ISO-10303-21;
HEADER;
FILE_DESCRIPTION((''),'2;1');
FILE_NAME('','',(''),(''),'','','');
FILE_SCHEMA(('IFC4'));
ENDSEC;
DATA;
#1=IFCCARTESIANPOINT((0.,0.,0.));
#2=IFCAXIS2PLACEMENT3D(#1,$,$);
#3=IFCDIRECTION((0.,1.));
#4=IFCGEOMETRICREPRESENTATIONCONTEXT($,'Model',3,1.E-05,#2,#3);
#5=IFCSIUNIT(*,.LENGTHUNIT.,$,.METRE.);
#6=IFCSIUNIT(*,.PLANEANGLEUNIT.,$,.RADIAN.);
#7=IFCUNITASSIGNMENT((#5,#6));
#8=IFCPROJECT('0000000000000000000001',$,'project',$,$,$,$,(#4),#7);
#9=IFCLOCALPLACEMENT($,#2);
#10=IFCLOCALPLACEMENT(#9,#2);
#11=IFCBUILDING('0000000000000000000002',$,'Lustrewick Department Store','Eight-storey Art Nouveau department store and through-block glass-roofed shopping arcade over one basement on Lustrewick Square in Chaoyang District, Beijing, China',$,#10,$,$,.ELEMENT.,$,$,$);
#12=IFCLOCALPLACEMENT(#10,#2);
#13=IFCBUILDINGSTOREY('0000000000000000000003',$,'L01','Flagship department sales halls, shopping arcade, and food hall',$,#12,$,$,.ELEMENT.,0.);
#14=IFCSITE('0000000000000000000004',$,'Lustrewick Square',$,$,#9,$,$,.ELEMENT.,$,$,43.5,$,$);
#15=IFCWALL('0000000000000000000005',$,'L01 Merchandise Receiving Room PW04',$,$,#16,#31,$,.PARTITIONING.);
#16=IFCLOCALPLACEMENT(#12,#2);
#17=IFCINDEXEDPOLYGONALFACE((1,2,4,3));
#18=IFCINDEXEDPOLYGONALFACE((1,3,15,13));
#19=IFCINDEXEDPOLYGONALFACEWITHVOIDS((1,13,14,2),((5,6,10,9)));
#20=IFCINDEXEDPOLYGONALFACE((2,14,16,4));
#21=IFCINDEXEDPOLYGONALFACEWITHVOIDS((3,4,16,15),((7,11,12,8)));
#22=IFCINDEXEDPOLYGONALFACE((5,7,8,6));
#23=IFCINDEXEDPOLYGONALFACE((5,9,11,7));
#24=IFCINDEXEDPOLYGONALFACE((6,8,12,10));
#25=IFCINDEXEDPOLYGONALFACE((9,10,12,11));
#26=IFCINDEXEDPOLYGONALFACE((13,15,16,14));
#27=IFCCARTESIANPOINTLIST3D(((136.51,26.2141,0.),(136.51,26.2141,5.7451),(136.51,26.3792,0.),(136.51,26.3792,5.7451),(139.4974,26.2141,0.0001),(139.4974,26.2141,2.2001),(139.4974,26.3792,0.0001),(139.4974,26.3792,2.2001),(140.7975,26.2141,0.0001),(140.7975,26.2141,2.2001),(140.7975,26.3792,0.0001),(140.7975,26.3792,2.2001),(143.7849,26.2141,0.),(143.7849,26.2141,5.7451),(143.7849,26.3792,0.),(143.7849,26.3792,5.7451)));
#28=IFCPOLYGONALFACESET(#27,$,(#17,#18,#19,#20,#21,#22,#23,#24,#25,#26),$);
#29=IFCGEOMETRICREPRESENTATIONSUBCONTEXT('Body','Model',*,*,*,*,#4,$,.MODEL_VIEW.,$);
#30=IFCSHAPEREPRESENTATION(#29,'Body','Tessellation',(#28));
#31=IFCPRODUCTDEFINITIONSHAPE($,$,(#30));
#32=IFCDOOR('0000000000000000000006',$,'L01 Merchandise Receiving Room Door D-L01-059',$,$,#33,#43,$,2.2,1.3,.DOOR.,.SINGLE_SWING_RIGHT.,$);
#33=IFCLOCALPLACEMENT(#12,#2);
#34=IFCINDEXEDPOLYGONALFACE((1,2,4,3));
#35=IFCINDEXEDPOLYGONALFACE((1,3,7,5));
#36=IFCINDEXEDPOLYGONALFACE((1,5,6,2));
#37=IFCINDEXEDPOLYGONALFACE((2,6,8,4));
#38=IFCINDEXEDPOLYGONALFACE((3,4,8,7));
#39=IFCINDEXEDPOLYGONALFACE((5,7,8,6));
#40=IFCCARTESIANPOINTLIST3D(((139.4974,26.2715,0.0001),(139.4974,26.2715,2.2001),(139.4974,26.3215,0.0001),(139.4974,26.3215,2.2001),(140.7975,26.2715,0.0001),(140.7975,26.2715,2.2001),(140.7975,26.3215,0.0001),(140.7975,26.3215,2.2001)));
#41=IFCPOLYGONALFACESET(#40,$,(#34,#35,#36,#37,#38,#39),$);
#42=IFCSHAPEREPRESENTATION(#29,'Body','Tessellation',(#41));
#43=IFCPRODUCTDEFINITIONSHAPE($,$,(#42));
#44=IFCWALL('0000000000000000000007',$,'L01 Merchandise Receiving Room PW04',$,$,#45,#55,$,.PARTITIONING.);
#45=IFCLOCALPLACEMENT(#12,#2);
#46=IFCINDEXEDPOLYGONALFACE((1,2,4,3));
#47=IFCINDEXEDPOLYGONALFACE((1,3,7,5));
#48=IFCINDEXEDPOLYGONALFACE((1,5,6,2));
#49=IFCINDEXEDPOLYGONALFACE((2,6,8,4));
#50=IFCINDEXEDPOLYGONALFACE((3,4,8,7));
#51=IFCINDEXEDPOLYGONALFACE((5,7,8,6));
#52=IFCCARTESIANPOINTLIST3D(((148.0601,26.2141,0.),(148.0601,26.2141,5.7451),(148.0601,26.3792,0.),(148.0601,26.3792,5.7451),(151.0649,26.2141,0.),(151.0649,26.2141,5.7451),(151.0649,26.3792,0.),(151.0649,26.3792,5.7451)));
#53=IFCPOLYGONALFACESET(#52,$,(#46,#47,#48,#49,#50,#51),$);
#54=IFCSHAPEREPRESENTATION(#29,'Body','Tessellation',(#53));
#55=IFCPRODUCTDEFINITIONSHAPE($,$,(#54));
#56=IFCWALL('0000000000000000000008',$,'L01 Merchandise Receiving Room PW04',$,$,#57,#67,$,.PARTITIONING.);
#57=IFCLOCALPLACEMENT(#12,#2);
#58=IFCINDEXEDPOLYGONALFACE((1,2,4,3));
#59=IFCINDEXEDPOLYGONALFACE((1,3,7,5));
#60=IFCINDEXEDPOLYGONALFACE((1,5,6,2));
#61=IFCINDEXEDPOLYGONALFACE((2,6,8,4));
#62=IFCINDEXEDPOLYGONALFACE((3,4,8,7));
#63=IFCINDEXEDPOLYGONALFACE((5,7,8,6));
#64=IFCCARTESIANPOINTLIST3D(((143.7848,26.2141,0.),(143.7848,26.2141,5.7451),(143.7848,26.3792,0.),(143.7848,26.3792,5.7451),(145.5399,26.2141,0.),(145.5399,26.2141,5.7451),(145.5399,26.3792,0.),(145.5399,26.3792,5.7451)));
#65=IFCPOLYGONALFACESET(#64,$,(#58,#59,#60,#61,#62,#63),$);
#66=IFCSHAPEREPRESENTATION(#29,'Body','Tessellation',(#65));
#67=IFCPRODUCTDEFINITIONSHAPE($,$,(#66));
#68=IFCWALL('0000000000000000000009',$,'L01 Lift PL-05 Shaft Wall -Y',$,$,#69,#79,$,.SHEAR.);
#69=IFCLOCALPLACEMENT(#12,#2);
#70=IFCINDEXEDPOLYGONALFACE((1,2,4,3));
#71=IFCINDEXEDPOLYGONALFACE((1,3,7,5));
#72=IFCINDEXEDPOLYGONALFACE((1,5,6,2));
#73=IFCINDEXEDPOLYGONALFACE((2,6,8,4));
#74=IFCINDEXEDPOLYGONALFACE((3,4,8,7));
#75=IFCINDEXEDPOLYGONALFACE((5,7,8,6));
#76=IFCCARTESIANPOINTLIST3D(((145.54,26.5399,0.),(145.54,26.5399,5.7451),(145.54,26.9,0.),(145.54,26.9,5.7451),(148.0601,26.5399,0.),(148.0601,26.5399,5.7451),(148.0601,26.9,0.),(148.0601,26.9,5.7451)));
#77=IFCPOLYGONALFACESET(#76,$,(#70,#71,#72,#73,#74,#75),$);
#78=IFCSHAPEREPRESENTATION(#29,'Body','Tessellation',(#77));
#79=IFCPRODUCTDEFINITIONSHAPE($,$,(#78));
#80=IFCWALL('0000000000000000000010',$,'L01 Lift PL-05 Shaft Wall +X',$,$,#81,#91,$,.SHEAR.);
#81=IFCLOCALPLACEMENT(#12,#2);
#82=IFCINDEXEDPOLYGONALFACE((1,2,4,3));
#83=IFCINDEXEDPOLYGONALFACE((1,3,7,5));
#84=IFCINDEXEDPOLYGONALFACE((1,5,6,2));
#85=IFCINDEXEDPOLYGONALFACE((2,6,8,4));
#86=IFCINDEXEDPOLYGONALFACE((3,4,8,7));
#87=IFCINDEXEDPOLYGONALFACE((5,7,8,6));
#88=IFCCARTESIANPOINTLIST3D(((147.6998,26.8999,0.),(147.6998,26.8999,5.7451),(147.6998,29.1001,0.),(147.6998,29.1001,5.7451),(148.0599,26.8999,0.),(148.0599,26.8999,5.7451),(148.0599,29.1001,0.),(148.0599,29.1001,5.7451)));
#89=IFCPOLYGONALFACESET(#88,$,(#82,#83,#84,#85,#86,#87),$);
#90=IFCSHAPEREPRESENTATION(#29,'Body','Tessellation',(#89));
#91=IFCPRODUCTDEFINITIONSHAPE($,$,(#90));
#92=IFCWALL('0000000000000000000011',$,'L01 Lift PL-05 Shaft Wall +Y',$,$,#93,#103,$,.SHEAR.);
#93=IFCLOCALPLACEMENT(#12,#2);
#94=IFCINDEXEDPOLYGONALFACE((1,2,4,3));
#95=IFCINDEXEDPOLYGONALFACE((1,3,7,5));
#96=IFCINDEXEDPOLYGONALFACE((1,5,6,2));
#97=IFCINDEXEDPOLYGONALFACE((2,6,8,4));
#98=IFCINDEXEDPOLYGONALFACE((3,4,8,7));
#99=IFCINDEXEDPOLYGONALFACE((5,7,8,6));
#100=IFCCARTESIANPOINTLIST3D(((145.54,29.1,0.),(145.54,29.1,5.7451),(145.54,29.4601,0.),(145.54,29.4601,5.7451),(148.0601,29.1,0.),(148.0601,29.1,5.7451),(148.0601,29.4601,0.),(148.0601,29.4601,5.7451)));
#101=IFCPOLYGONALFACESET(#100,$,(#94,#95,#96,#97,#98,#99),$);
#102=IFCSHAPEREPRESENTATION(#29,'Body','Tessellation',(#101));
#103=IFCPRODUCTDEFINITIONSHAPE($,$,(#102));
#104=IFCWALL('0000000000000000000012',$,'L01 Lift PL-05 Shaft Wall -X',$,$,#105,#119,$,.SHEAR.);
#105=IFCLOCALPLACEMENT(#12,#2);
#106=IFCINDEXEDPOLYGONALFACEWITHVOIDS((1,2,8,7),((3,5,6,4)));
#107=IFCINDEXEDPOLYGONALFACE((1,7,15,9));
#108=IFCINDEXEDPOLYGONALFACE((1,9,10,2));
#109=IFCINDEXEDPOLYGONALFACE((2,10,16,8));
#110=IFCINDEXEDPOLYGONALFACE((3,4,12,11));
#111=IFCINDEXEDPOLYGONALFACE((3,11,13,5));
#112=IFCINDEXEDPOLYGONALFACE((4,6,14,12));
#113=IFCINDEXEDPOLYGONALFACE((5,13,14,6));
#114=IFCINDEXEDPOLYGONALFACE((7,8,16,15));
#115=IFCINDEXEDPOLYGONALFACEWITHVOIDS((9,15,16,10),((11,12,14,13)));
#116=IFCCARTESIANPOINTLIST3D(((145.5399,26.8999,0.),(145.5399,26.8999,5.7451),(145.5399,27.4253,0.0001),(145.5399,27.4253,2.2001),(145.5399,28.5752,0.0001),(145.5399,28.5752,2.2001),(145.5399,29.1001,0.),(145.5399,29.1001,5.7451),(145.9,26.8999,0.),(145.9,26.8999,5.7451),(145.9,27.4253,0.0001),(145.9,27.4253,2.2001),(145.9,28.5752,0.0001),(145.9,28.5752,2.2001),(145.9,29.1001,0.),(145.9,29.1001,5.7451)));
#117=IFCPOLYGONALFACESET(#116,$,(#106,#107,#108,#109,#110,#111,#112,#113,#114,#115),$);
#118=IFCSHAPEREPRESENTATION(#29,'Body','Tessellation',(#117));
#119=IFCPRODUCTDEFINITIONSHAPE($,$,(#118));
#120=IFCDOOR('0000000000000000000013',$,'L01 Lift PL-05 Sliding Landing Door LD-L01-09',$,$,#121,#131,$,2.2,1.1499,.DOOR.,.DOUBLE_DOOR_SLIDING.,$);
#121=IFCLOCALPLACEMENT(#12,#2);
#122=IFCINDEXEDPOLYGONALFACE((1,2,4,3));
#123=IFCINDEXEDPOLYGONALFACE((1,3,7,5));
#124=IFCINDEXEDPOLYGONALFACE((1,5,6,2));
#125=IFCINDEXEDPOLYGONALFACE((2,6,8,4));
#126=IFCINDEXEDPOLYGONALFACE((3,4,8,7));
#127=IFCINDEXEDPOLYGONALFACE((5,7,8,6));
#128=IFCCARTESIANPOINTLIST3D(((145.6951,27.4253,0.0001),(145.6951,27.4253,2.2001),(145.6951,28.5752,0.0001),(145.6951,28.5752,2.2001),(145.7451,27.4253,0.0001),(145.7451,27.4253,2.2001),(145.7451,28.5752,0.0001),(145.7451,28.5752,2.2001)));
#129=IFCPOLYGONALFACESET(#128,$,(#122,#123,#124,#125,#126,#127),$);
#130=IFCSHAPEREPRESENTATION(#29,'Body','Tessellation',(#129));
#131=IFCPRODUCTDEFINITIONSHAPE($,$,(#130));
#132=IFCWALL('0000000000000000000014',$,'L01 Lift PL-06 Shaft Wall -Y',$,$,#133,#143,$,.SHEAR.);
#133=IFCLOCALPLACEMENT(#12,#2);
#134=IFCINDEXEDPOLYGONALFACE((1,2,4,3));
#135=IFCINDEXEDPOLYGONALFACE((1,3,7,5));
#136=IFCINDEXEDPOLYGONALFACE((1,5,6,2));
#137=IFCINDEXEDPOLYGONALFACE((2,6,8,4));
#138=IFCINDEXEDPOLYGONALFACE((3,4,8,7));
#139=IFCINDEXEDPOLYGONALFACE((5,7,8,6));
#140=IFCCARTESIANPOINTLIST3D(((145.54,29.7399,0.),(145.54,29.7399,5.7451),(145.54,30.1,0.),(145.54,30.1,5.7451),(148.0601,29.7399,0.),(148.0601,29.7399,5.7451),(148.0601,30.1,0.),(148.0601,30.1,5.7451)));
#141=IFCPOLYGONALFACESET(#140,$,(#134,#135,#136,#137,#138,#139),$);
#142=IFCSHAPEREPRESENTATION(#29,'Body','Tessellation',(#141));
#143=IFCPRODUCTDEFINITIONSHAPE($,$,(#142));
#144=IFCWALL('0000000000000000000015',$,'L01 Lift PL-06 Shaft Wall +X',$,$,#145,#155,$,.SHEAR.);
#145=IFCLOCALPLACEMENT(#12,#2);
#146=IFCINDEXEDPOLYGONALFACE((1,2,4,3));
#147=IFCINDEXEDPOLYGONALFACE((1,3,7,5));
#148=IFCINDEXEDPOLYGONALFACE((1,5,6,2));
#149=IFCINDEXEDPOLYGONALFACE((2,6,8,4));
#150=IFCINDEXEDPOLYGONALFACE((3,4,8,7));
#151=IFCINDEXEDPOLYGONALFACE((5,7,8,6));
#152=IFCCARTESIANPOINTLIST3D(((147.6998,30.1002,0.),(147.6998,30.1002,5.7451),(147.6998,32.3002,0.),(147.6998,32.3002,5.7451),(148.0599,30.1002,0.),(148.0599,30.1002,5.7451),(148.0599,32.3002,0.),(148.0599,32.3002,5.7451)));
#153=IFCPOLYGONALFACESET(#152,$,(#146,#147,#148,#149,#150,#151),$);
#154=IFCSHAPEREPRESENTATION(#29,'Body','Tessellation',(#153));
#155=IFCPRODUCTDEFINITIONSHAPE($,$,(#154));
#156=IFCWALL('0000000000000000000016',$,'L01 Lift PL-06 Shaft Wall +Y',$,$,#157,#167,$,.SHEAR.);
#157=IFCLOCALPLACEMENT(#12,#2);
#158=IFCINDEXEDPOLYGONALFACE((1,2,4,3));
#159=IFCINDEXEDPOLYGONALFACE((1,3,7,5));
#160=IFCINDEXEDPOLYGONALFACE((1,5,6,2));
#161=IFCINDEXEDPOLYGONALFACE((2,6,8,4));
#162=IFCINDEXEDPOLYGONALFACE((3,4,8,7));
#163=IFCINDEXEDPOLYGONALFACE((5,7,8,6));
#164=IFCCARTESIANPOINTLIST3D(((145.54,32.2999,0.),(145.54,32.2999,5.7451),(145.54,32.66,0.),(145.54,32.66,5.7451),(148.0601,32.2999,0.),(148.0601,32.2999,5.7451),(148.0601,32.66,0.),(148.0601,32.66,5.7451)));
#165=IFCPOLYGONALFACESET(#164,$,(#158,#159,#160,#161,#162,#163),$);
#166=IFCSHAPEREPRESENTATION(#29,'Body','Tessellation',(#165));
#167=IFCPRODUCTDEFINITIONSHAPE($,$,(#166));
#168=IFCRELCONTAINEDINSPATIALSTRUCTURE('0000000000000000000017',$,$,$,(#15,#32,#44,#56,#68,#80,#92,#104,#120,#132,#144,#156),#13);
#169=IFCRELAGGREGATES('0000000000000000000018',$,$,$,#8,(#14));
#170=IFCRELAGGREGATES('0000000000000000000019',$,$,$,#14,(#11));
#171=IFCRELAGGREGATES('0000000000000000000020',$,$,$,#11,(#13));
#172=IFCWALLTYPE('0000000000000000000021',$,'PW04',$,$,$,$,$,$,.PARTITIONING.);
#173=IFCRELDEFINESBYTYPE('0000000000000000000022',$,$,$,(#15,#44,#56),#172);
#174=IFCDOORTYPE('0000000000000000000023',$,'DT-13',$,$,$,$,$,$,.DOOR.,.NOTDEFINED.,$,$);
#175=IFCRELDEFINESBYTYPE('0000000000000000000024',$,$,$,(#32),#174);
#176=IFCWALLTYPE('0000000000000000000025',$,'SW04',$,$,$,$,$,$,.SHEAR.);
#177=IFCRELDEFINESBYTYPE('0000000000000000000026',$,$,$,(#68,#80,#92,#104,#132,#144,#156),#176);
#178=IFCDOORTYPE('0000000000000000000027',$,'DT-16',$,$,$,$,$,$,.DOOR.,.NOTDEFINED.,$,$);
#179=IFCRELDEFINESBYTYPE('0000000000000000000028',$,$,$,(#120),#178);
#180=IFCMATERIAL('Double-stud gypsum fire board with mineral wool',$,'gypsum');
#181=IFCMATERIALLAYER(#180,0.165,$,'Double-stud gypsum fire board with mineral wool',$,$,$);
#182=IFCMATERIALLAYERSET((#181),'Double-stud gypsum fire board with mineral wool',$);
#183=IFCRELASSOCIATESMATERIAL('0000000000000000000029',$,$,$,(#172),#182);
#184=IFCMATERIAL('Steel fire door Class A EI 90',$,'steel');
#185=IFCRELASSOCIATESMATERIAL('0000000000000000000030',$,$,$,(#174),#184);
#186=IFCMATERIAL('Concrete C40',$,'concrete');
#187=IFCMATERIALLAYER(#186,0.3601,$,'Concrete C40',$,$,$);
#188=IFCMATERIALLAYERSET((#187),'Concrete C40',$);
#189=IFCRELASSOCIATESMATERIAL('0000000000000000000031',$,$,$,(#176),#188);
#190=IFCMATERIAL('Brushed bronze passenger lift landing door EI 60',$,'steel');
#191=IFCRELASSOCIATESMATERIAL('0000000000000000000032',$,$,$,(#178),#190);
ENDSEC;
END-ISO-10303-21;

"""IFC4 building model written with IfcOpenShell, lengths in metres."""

from ifc_helpers import new_model, si_unit, direction, frame, frame_2d, origin, place, context, subcontext, project, spatial, rectangle, extrude, material, layer, layer_set, type_object, element, fill, save


model = new_model("IFC4")

# Units and contexts
model_context = context("Model", 3, precision=1e-05, world=origin(), true_north=direction((0.0, 1.0)))
body_context = subcontext(model_context, "Body", "Model", "MODEL_VIEW")
ifc_project = project(units=[si_unit("LENGTHUNIT", "METRE"), si_unit("PLANEANGLEUNIT", "RADIAN")], contexts=[model_context])

# Site, building, storey
site_placement = place(None, origin())
site = spatial("IfcSite", under=ifc_project, at=site_placement, Name="Lustrewick Square", CompositionType="ELEMENT", RefElevation=43.5)
building_placement = place(site_placement, origin())
building = spatial("IfcBuilding", under=site, at=building_placement, Name="Lustrewick Department Store", Description="Eight-storey Art Nouveau department store and through-block glass-roofed shopping arcade over one basement on Lustrewick Square in Chaoyang District, Beijing, China", CompositionType="ELEMENT")
storey_placement = place(building_placement, origin())
storey = spatial("IfcBuildingStorey", under=building, at=storey_placement, Name="L01", Description="Flagship department sales halls, shopping arcade, and food hall", CompositionType="ELEMENT", Elevation=0.0)

# Wall, opening, door
ifc_material_1 = material(Name="Double-stud gypsum fire board with mineral wool", Category="gypsum")
ifc_layer_1 = layer(ifc_material_1, 0.165, Name="Double-stud gypsum fire board with mineral wool")
ifc_layer_set_1 = layer_set([ifc_layer_1], Name="Double-stud gypsum fire board with mineral wool")
wall_type_1 = type_object("IfcWallType", Name="PW04", PredefinedType="PARTITIONING", material=ifc_layer_set_1)
wall_1_placement = place(storey_placement, frame((136.51, 26.2966, 0.0), z_axis=(0.0, 0.0, 1.0), x_axis=(1.0, 0.0, 0.0)))
wall_1 = element("IfcWall", 1, at=wall_1_placement, inside=storey, type_object=wall_type_1, Name="L01 Merchandise Receiving Room PW04", PredefinedType="PARTITIONING", context=body_context, shape_type="SweptSolid", body=[
    extrude(rectangle(XDim=7.2749, YDim=0.165, at=frame_2d((3.6375, 0.0))), origin(), (0.0, 0.0, 1.0), 5.7451),
])
opening_1_placement = place(wall_1_placement, frame((2.9875, 0.0, 0.0)))
opening_1 = element("IfcOpeningElement", 2, at=opening_1_placement, cuts=wall_1, PredefinedType="OPENING", context=body_context, shape_type="SweptSolid", body=[
    extrude(rectangle(XDim=1.3, YDim=2.2, at=frame_2d((0.6499, 1.1001))), frame((0.0, 0.0925, 0.0), z_axis=(0.0, -1.0, 0.0), x_axis=(1.0, 0.0, 0.0)), (0.0, 0.0, 1.0), 0.1851),
])
ifc_material_2 = material(Name="Steel fire door Class A EI 90", Category="steel")
door_type_1 = type_object("IfcDoorType", Name="DT-13", OperationType="NOTDEFINED", PredefinedType="DOOR", material=ifc_material_2)
door_1_placement = place(opening_1_placement, origin())
door_1 = element("IfcDoor", 3, at=door_1_placement, inside=storey, type_object=door_type_1, Name="L01 Merchandise Receiving Room Door D-L01-059", OperationType="SINGLE_SWING_RIGHT", OverallHeight=2.2, OverallWidth=1.3, PredefinedType="DOOR", context=body_context, shape_type="SweptSolid", body=[
    extrude(rectangle(XDim=1.3, YDim=2.2, at=frame_2d((0.6499, 1.1001))), frame((0.0, 0.0249, 0.0), z_axis=(0.0, -1.0, 0.0), x_axis=(1.0, 0.0, 0.0)), (0.0, 0.0, 1.0), 0.05),
])
fill(opening_1, door_1)

# Walls
wall_2_placement = place(storey_placement, frame((148.0601, 26.2966, 0.0), z_axis=(0.0, 0.0, 1.0), x_axis=(1.0, 0.0, 0.0)))
element("IfcWall", 4, at=wall_2_placement, inside=storey, type_object=wall_type_1, Name="L01 Merchandise Receiving Room PW04", PredefinedType="PARTITIONING", context=body_context, shape_type="SweptSolid", body=[
    extrude(rectangle(XDim=3.0049, YDim=0.165, at=frame_2d((1.5024, 0.0))), origin(), (0.0, 0.0, 1.0), 5.7451),
])
wall_3_placement = place(storey_placement, frame((143.7849, 26.2966, 0.0), z_axis=(0.0, 0.0, 1.0), x_axis=(1.0, 0.0, 0.0)))
element("IfcWall", 5, at=wall_3_placement, inside=storey, type_object=wall_type_1, Name="L01 Merchandise Receiving Room PW04", PredefinedType="PARTITIONING", context=body_context, shape_type="SweptSolid", body=[
    extrude(rectangle(XDim=1.7551, YDim=0.165, at=frame_2d((0.8774, 0.0))), origin(), (0.0, 0.0, 1.0), 5.7451),
])
ifc_material_3 = material(Name="Concrete C40", Category="concrete")
ifc_layer_2 = layer(ifc_material_3, 0.3601, Name="Concrete C40")
ifc_layer_set_2 = layer_set([ifc_layer_2], Name="Concrete C40")
wall_type_2 = type_object("IfcWallType", Name="SW04", PredefinedType="SHEAR", material=ifc_layer_set_2)
wall_4_placement = place(storey_placement, frame((145.54, 26.72, 0.0), z_axis=(0.0, 0.0, 1.0), x_axis=(1.0, 0.0, 0.0)))
element("IfcWall", 6, at=wall_4_placement, inside=storey, type_object=wall_type_2, Name="L01 Lift PL-05 Shaft Wall -Y", PredefinedType="SHEAR", context=body_context, shape_type="SweptSolid", body=[
    extrude(rectangle(XDim=2.52, YDim=0.3601, at=frame_2d((1.26, 0.0))), origin(), (0.0, 0.0, 1.0), 5.7451),
])
wall_5_placement = place(storey_placement, frame((147.8799, 26.8999, 0.0), z_axis=(0.0, 0.0, 1.0), x_axis=(0.0, 1.0, 0.0)))
element("IfcWall", 7, at=wall_5_placement, inside=storey, type_object=wall_type_2, Name="L01 Lift PL-05 Shaft Wall +X", PredefinedType="SHEAR", context=body_context, shape_type="SweptSolid", body=[
    extrude(rectangle(XDim=2.2002, YDim=0.3601, at=frame_2d((1.1001, 0.0))), origin(), (0.0, 0.0, 1.0), 5.7451),
])
wall_6_placement = place(storey_placement, frame((148.0601, 29.28, 0.0), z_axis=(0.0, 0.0, 1.0), x_axis=(-1.0, 0.0, 0.0)))
element("IfcWall", 8, at=wall_6_placement, inside=storey, type_object=wall_type_2, Name="L01 Lift PL-05 Shaft Wall +Y", PredefinedType="SHEAR", context=body_context, shape_type="SweptSolid", body=[
    extrude(rectangle(XDim=2.52, YDim=0.3601, at=frame_2d((1.26, 0.0))), origin(), (0.0, 0.0, 1.0), 5.7451),
])

# Wall, opening, door
wall_7_placement = place(storey_placement, frame((145.72, 29.1001, 0.0), z_axis=(0.0, 0.0, 1.0), x_axis=(0.0, -1.0, 0.0)))
wall_7 = element("IfcWall", 9, at=wall_7_placement, inside=storey, type_object=wall_type_2, Name="L01 Lift PL-05 Shaft Wall -X", PredefinedType="SHEAR", context=body_context, shape_type="SweptSolid", body=[
    extrude(rectangle(XDim=2.2002, YDim=0.3601, at=frame_2d((1.1001, 0.0))), origin(), (0.0, 0.0, 1.0), 5.7451),
])
opening_2_placement = place(wall_7_placement, frame((0.5249, 0.0, 0.0)))
opening_2 = element("IfcOpeningElement", 10, at=opening_2_placement, cuts=wall_7, PredefinedType="OPENING", context=body_context, shape_type="SweptSolid", body=[
    extrude(rectangle(XDim=1.1499, YDim=2.2, at=frame_2d((0.575, 1.1001))), frame((0.0, 0.1899, 0.0), z_axis=(0.0, -1.0, 0.0), x_axis=(1.0, 0.0, 0.0)), (0.0, 0.0, 1.0), 0.3801),
])
ifc_material_4 = material(Name="Brushed bronze passenger lift landing door EI 60", Category="steel")
door_type_2 = type_object("IfcDoorType", Name="DT-16", OperationType="NOTDEFINED", PredefinedType="DOOR", material=ifc_material_4)
door_2_placement = place(opening_2_placement, frame((1.1499, 0.0, 0.0), z_axis=(0.0, 0.0, 1.0), x_axis=(-1.0, 0.0, 0.0)))
door_2 = element("IfcDoor", 11, at=door_2_placement, inside=storey, type_object=door_type_2, Name="L01 Lift PL-05 Sliding Landing Door LD-L01-09", OperationType="DOUBLE_DOOR_SLIDING", OverallHeight=2.2, OverallWidth=1.1499, PredefinedType="DOOR", context=body_context, shape_type="SweptSolid", body=[
    extrude(rectangle(XDim=1.1499, YDim=2.2, at=frame_2d((0.575, 1.1001))), frame((0.0, 0.0249, 0.0), z_axis=(0.0, -1.0, 0.0), x_axis=(1.0, 0.0, 0.0)), (0.0, 0.0, 1.0), 0.05),
])
fill(opening_2, door_2)

# Walls
wall_8_placement = place(storey_placement, frame((145.54, 29.9199, 0.0), z_axis=(0.0, 0.0, 1.0), x_axis=(1.0, 0.0, 0.0)))
element("IfcWall", 12, at=wall_8_placement, inside=storey, type_object=wall_type_2, Name="L01 Lift PL-06 Shaft Wall -Y", PredefinedType="SHEAR", context=body_context, shape_type="SweptSolid", body=[
    extrude(rectangle(XDim=2.52, YDim=0.3601, at=frame_2d((1.26, 0.0))), origin(), (0.0, 0.0, 1.0), 5.7451),
])
wall_9_placement = place(storey_placement, frame((147.8799, 30.1001, 0.0), z_axis=(0.0, 0.0, 1.0), x_axis=(0.0, 1.0, 0.0)))
element("IfcWall", 13, at=wall_9_placement, inside=storey, type_object=wall_type_2, Name="L01 Lift PL-06 Shaft Wall +X", PredefinedType="SHEAR", context=body_context, shape_type="SweptSolid", body=[
    extrude(rectangle(XDim=2.2, YDim=0.3601, at=frame_2d((1.1001, 0.0))), origin(), (0.0, 0.0, 1.0), 5.7451),
])
wall_10_placement = place(storey_placement, frame((148.0601, 32.48, 0.0), z_axis=(0.0, 0.0, 1.0), x_axis=(-1.0, 0.0, 0.0)))
element("IfcWall", 14, at=wall_10_placement, inside=storey, type_object=wall_type_2, Name="L01 Lift PL-06 Shaft Wall +Y", PredefinedType="SHEAR", context=body_context, shape_type="SweptSolid", body=[
    extrude(rectangle(XDim=2.52, YDim=0.3601, at=frame_2d((1.26, 0.0))), origin(), (0.0, 0.0, 1.0), 5.7451),
])

save(model, "model.ifc")
